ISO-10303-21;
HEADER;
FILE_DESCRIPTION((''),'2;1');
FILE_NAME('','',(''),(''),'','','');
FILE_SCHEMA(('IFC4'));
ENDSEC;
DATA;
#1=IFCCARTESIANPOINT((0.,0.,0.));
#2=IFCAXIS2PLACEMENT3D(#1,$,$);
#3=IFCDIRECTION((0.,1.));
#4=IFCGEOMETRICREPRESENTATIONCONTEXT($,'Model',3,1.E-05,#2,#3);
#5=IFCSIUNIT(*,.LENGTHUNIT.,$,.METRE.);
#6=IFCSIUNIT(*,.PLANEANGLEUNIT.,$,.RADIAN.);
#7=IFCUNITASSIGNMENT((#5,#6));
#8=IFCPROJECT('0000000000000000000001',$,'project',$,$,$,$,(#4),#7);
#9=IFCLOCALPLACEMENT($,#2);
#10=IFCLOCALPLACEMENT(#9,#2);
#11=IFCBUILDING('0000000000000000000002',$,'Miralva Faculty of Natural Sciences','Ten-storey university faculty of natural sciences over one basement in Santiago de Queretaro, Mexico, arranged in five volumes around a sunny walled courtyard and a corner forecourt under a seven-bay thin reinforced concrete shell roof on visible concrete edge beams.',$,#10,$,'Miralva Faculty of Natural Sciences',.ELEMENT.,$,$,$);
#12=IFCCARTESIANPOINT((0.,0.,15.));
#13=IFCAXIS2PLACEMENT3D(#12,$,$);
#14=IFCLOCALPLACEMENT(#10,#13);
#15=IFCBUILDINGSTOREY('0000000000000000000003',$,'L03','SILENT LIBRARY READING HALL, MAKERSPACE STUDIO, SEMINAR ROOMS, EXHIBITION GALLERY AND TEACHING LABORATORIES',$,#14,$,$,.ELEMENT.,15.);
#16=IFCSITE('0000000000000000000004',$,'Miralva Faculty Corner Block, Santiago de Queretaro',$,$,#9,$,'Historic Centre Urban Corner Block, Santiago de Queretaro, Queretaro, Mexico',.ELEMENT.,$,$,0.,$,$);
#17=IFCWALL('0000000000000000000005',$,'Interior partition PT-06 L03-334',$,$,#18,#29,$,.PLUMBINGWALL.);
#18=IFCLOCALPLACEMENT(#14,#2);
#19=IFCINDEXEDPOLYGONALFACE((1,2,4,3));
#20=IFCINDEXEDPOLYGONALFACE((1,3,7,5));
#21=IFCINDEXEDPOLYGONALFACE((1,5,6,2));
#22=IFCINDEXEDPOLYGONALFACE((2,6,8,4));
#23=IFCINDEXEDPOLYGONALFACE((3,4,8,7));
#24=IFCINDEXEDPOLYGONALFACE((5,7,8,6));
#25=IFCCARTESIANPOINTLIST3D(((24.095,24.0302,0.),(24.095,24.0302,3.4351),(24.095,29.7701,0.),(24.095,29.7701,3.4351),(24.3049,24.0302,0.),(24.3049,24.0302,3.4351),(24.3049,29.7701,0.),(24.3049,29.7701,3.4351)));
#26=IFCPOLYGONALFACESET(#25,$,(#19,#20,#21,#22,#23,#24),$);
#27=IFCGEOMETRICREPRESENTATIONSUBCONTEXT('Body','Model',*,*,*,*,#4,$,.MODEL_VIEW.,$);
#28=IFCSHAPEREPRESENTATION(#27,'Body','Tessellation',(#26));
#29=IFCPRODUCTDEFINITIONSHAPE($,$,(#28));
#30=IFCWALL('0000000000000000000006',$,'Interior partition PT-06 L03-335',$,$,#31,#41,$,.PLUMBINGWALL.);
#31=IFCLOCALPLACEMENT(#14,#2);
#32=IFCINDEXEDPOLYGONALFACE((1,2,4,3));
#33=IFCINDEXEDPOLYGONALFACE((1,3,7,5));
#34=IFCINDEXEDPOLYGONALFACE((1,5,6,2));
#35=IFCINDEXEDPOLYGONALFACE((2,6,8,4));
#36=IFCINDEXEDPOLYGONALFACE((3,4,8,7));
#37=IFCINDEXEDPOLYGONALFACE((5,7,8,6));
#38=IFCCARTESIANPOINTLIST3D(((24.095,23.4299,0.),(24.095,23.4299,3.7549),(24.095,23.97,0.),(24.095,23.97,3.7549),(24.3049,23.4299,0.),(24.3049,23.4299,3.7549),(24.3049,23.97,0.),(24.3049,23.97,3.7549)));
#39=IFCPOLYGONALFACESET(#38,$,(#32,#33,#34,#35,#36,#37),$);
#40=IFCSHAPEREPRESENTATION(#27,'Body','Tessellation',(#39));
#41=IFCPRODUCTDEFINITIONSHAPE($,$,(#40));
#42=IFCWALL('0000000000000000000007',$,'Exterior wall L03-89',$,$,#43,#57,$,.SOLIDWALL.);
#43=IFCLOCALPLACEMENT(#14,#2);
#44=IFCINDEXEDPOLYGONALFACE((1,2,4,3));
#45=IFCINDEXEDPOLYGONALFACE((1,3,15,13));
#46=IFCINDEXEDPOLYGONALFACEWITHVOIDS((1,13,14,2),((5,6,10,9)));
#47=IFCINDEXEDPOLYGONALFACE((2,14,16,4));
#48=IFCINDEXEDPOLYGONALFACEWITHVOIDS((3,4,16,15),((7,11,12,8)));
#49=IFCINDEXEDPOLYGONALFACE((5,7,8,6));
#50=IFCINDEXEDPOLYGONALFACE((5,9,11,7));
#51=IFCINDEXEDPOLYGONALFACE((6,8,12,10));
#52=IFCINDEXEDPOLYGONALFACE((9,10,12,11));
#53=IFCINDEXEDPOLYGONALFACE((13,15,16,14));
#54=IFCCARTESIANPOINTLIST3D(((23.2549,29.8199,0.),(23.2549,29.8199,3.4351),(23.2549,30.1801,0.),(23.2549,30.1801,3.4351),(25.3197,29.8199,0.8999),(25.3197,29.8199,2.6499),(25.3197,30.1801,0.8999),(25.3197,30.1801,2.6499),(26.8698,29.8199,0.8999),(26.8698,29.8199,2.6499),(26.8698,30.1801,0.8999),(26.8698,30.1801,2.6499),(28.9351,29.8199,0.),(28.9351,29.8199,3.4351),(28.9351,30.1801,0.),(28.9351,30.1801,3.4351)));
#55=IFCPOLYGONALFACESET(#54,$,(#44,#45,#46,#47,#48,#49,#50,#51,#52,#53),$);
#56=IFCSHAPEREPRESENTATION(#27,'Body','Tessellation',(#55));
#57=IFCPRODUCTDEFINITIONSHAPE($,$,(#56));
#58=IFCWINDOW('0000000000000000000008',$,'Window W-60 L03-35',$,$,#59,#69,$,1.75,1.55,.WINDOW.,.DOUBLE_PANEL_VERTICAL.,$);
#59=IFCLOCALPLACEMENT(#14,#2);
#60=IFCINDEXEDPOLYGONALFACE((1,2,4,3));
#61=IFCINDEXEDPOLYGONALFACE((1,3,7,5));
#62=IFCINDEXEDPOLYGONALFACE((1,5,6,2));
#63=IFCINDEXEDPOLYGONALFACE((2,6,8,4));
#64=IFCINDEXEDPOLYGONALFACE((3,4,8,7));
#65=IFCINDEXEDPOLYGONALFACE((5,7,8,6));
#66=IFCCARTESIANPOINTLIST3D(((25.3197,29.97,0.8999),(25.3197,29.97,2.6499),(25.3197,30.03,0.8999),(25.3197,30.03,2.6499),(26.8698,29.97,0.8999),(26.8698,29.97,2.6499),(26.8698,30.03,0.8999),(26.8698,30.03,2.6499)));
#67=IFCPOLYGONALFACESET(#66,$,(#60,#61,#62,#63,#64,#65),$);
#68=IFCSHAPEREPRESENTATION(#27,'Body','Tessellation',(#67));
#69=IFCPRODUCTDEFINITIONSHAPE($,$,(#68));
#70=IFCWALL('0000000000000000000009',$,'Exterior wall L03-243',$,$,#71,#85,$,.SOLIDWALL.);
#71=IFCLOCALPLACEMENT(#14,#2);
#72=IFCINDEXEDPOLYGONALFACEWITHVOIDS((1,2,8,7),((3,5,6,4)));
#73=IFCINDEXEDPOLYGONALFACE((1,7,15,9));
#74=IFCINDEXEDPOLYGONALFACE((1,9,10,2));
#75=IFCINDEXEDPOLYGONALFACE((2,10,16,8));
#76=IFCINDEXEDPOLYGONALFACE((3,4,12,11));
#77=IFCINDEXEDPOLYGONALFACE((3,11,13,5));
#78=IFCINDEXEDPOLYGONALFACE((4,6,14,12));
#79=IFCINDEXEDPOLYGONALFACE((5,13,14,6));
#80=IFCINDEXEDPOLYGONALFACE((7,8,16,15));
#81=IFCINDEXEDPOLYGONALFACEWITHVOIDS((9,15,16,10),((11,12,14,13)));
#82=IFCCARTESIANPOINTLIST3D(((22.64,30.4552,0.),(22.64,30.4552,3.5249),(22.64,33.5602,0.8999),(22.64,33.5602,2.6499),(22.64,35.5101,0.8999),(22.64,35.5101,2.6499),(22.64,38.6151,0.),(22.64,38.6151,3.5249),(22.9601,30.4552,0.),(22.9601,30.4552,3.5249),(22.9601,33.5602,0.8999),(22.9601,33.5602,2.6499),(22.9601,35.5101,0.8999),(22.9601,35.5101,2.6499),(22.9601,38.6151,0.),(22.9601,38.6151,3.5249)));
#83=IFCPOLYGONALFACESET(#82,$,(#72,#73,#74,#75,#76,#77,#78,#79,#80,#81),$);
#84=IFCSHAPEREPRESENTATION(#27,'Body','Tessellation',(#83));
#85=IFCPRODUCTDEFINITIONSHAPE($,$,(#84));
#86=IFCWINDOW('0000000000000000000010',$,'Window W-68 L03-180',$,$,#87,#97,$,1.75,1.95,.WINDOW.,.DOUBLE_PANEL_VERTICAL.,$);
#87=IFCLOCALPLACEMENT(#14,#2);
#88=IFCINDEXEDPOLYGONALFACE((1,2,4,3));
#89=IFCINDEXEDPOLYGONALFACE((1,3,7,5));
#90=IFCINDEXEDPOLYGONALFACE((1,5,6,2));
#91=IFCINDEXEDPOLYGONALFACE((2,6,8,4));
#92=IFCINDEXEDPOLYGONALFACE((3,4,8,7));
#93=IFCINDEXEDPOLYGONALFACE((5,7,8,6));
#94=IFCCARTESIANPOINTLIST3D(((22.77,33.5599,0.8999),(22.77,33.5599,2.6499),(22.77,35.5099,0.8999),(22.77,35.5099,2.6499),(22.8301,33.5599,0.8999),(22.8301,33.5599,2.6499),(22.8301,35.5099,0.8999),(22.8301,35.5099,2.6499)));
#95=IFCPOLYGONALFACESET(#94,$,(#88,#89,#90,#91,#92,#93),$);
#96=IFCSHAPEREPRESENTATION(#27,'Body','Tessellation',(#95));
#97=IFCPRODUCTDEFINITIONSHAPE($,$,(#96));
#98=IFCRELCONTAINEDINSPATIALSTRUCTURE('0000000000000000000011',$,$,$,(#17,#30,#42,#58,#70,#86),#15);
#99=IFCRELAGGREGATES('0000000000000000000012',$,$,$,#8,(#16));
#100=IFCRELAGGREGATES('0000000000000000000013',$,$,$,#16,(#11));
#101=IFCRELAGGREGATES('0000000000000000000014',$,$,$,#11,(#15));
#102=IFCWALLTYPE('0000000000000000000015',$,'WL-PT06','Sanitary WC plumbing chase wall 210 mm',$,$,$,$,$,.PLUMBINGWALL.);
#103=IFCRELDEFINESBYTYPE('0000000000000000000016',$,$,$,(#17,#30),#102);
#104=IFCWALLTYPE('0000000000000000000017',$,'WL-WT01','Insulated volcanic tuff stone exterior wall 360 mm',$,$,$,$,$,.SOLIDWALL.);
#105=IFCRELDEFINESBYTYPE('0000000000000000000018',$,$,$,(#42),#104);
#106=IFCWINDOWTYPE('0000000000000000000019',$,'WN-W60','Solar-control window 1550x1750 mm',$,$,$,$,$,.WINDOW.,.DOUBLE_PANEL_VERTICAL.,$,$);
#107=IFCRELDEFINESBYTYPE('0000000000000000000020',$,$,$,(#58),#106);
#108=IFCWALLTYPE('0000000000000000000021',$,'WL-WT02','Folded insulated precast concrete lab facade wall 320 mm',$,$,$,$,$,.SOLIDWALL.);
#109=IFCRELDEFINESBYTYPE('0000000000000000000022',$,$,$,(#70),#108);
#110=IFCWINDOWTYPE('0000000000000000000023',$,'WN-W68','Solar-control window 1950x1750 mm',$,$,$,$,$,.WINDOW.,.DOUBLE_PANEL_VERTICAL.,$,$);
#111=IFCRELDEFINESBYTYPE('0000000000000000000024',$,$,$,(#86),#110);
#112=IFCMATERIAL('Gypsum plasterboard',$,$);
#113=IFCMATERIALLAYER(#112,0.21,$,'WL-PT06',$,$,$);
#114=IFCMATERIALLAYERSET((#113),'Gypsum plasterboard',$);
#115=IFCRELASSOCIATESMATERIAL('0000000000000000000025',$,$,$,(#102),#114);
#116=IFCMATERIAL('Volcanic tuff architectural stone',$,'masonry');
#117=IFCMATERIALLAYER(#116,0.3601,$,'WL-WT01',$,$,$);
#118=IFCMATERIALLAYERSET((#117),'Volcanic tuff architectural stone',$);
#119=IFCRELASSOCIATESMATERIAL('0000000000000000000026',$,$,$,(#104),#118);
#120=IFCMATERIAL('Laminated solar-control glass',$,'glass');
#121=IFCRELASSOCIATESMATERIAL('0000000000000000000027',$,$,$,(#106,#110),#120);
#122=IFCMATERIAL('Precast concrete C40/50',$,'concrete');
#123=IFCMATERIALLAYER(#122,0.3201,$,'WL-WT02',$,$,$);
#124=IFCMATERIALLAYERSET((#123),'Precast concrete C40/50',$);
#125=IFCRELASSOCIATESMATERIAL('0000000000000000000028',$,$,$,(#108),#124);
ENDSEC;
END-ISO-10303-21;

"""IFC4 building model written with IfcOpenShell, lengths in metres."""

from ifc_helpers import new_model, si_unit, direction, frame, frame_2d, origin, place, context, subcontext, project, spatial, rectangle, extrude, material, layer, layer_set, type_object, element, fill, save


model = new_model("IFC4")

# Units and contexts
model_context = context("Model", 3, precision=1e-05, world=origin(), true_north=direction((0.0, 1.0)))
body_context = subcontext(model_context, "Body", "Model", "MODEL_VIEW")
ifc_project = project(units=[si_unit("LENGTHUNIT", "METRE"), si_unit("PLANEANGLEUNIT", "RADIAN")], contexts=[model_context])

# Site, building, storey
site_placement = place(None, origin())
site = spatial("IfcSite", under=ifc_project, at=site_placement, Name="Miralva Faculty Corner Block, Santiago de Queretaro", LongName="Historic Centre Urban Corner Block, Santiago de Queretaro, Queretaro, Mexico", CompositionType="ELEMENT", RefElevation=0.0)
building_placement = place(site_placement, origin())
building = spatial("IfcBuilding", under=site, at=building_placement, Name="Miralva Faculty of Natural Sciences", Description="Ten-storey university faculty of natural sciences over one basement in Santiago de Queretaro, Mexico, arranged in five volumes around a sunny walled courtyard and a corner forecourt under a seven-bay thin reinforced concrete shell roof on visible concrete edge beams.", LongName="Miralva Faculty of Natural Sciences", CompositionType="ELEMENT")
storey_placement = place(building_placement, frame((0.0, 0.0, 15.0)))
storey = spatial("IfcBuildingStorey", under=building, at=storey_placement, Name="L03", Description="SILENT LIBRARY READING HALL, MAKERSPACE STUDIO, SEMINAR ROOMS, EXHIBITION GALLERY AND TEACHING LABORATORIES", CompositionType="ELEMENT", Elevation=15.0)

# Shared definitions
ifc_material_1 = material(Name="Gypsum plasterboard")

# Walls
ifc_layer_1 = layer(ifc_material_1, 0.21, Name="WL-PT06")
ifc_layer_set_1 = layer_set([ifc_layer_1], Name="Gypsum plasterboard")
wall_type_1 = type_object("IfcWallType", Name="WL-PT06", Description="Sanitary WC plumbing chase wall 210 mm", PredefinedType="PLUMBINGWALL", material=ifc_layer_set_1)
wall_1_placement = place(storey_placement, frame((24.2, 24.03, 0.0), z_axis=(0.0, 0.0, 1.0), x_axis=(0.0, 1.0, 0.0)))
element("IfcWall", 1, at=wall_1_placement, inside=storey, type_object=wall_type_1, Name="Interior partition PT-06 L03-334", PredefinedType="PLUMBINGWALL", context=body_context, shape_type="SweptSolid", body=[
    extrude(rectangle(XDim=5.74, YDim=0.21, at=frame_2d((2.8701, 0.0))), origin(), (0.0, 0.0, 1.0), 3.4351),
])
wall_2_placement = place(storey_placement, frame((24.2, 23.4299, 0.0), z_axis=(0.0, 0.0, 1.0), x_axis=(0.0, 1.0, 0.0)))
element("IfcWall", 2, at=wall_2_placement, inside=storey, type_object=wall_type_1, Name="Interior partition PT-06 L03-335", PredefinedType="PLUMBINGWALL", context=body_context, shape_type="SweptSolid", body=[
    extrude(rectangle(XDim=0.54, YDim=0.21, at=frame_2d((0.27, 0.0))), origin(), (0.0, 0.0, 1.0), 3.7549),
])

# Walls, openings, windows
ifc_material_2 = material(Name="Volcanic tuff architectural stone", Category="masonry")
ifc_layer_2 = layer(ifc_material_2, 0.3601, Name="WL-WT01")
ifc_layer_set_2 = layer_set([ifc_layer_2], Name="Volcanic tuff architectural stone")
wall_type_2 = type_object("IfcWallType", Name="WL-WT01", Description="Insulated volcanic tuff stone exterior wall 360 mm", PredefinedType="SOLIDWALL", material=ifc_layer_set_2)
wall_3_placement = place(storey_placement, frame((23.2549, 30.0, 0.0), z_axis=(0.0, 0.0, 1.0), x_axis=(1.0, 0.0, 0.0)))
wall_3 = element("IfcWall", 3, at=wall_3_placement, inside=storey, type_object=wall_type_2, Name="Exterior wall L03-89", PredefinedType="SOLIDWALL", context=body_context, shape_type="SweptSolid", body=[
    extrude(rectangle(XDim=5.6802, YDim=0.3601, at=frame_2d((2.8401, 0.0))), origin(), (0.0, 0.0, 1.0), 3.4351),
])
opening_1_placement = place(wall_3_placement, frame((2.0649, 0.0, 0.8999)))
opening_1 = element("IfcOpeningElement", 4, at=opening_1_placement, cuts=wall_3, PredefinedType="OPENING", context=body_context, shape_type="SweptSolid", body=[
    extrude(rectangle(XDim=1.55, YDim=1.75, at=frame_2d((0.7749, 0.875))), frame((0.0, 0.1899, 0.0), z_axis=(0.0, -1.0, 0.0), x_axis=(1.0, 0.0, 0.0)), (0.0, 0.0, 1.0), 0.3801),
])
ifc_material_3 = material(Name="Laminated solar-control glass", Category="glass")
window_type_1 = type_object("IfcWindowType", Name="WN-W60", Description="Solar-control window 1550x1750 mm", PartitioningType="DOUBLE_PANEL_VERTICAL", PredefinedType="WINDOW", material=ifc_material_3)
window_1_placement = place(opening_1_placement, origin())
window_1 = element("IfcWindow", 5, at=window_1_placement, inside=storey, type_object=window_type_1, Name="Window W-60 L03-35", OverallHeight=1.75, OverallWidth=1.55, PartitioningType="DOUBLE_PANEL_VERTICAL", PredefinedType="WINDOW", context=body_context, shape_type="SweptSolid", body=[
    extrude(rectangle(XDim=1.55, YDim=1.75, at=frame_2d((0.7749, 0.875))), frame((0.0, 0.03, 0.0), z_axis=(0.0, -1.0, 0.0), x_axis=(1.0, 0.0, 0.0)), (0.0, 0.0, 1.0), 0.0601),
])
fill(opening_1, window_1)
ifc_material_4 = material(Name="Precast concrete C40/50", Category="concrete")
ifc_layer_3 = layer(ifc_material_4, 0.3201, Name="WL-WT02")
ifc_layer_set_3 = layer_set([ifc_layer_3], Name="Precast concrete C40/50")
wall_type_3 = type_object("IfcWallType", Name="WL-WT02", Description="Folded insulated precast concrete lab facade wall 320 mm", PredefinedType="SOLIDWALL", material=ifc_layer_set_3)
wall_4_placement = place(storey_placement, frame((22.8, 30.4551, 0.0), z_axis=(0.0, 0.0, 1.0), x_axis=(0.0, 1.0, 0.0)))
wall_4 = element("IfcWall", 6, at=wall_4_placement, inside=storey, type_object=wall_type_3, Name="Exterior wall L03-243", PredefinedType="SOLIDWALL", context=body_context, shape_type="SweptSolid", body=[
    extrude(rectangle(XDim=8.1599, YDim=0.3201, at=frame_2d((4.0801, 0.0))), origin(), (0.0, 0.0, 1.0), 3.5249),
])
opening_2_placement = place(wall_4_placement, frame((3.105, 0.0, 0.8999)))
opening_2 = element("IfcOpeningElement", 7, at=opening_2_placement, cuts=wall_4, PredefinedType="OPENING", context=body_context, shape_type="SweptSolid", body=[
    extrude(rectangle(XDim=1.95, YDim=1.75, at=frame_2d((0.9751, 0.875))), frame((0.0, 0.1699, 0.0), z_axis=(0.0, -1.0, 0.0), x_axis=(1.0, 0.0, 0.0)), (0.0, 0.0, 1.0), 0.3401),
])
window_type_2 = type_object("IfcWindowType", Name="WN-W68", Description="Solar-control window 1950x1750 mm", PartitioningType="DOUBLE_PANEL_VERTICAL", PredefinedType="WINDOW", material=ifc_material_3)
window_2_placement = place(opening_2_placement, frame((1.95, 0.0, 0.0), z_axis=(0.0, 0.0, 1.0), x_axis=(-1.0, 0.0, 0.0)))
window_2 = element("IfcWindow", 8, at=window_2_placement, inside=storey, type_object=window_type_2, Name="Window W-68 L03-180", OverallHeight=1.75, OverallWidth=1.95, PartitioningType="DOUBLE_PANEL_VERTICAL", PredefinedType="WINDOW", context=body_context, shape_type="SweptSolid", body=[
    extrude(rectangle(XDim=1.95, YDim=1.75, at=frame_2d((0.9751, 0.875))), frame((0.0, 0.03, 0.0), z_axis=(0.0, -1.0, 0.0), x_axis=(1.0, 0.0, 0.0)), (0.0, 0.0, 1.0), 0.0601),
])
fill(opening_2, window_2)

save(model, "model.ifc")
